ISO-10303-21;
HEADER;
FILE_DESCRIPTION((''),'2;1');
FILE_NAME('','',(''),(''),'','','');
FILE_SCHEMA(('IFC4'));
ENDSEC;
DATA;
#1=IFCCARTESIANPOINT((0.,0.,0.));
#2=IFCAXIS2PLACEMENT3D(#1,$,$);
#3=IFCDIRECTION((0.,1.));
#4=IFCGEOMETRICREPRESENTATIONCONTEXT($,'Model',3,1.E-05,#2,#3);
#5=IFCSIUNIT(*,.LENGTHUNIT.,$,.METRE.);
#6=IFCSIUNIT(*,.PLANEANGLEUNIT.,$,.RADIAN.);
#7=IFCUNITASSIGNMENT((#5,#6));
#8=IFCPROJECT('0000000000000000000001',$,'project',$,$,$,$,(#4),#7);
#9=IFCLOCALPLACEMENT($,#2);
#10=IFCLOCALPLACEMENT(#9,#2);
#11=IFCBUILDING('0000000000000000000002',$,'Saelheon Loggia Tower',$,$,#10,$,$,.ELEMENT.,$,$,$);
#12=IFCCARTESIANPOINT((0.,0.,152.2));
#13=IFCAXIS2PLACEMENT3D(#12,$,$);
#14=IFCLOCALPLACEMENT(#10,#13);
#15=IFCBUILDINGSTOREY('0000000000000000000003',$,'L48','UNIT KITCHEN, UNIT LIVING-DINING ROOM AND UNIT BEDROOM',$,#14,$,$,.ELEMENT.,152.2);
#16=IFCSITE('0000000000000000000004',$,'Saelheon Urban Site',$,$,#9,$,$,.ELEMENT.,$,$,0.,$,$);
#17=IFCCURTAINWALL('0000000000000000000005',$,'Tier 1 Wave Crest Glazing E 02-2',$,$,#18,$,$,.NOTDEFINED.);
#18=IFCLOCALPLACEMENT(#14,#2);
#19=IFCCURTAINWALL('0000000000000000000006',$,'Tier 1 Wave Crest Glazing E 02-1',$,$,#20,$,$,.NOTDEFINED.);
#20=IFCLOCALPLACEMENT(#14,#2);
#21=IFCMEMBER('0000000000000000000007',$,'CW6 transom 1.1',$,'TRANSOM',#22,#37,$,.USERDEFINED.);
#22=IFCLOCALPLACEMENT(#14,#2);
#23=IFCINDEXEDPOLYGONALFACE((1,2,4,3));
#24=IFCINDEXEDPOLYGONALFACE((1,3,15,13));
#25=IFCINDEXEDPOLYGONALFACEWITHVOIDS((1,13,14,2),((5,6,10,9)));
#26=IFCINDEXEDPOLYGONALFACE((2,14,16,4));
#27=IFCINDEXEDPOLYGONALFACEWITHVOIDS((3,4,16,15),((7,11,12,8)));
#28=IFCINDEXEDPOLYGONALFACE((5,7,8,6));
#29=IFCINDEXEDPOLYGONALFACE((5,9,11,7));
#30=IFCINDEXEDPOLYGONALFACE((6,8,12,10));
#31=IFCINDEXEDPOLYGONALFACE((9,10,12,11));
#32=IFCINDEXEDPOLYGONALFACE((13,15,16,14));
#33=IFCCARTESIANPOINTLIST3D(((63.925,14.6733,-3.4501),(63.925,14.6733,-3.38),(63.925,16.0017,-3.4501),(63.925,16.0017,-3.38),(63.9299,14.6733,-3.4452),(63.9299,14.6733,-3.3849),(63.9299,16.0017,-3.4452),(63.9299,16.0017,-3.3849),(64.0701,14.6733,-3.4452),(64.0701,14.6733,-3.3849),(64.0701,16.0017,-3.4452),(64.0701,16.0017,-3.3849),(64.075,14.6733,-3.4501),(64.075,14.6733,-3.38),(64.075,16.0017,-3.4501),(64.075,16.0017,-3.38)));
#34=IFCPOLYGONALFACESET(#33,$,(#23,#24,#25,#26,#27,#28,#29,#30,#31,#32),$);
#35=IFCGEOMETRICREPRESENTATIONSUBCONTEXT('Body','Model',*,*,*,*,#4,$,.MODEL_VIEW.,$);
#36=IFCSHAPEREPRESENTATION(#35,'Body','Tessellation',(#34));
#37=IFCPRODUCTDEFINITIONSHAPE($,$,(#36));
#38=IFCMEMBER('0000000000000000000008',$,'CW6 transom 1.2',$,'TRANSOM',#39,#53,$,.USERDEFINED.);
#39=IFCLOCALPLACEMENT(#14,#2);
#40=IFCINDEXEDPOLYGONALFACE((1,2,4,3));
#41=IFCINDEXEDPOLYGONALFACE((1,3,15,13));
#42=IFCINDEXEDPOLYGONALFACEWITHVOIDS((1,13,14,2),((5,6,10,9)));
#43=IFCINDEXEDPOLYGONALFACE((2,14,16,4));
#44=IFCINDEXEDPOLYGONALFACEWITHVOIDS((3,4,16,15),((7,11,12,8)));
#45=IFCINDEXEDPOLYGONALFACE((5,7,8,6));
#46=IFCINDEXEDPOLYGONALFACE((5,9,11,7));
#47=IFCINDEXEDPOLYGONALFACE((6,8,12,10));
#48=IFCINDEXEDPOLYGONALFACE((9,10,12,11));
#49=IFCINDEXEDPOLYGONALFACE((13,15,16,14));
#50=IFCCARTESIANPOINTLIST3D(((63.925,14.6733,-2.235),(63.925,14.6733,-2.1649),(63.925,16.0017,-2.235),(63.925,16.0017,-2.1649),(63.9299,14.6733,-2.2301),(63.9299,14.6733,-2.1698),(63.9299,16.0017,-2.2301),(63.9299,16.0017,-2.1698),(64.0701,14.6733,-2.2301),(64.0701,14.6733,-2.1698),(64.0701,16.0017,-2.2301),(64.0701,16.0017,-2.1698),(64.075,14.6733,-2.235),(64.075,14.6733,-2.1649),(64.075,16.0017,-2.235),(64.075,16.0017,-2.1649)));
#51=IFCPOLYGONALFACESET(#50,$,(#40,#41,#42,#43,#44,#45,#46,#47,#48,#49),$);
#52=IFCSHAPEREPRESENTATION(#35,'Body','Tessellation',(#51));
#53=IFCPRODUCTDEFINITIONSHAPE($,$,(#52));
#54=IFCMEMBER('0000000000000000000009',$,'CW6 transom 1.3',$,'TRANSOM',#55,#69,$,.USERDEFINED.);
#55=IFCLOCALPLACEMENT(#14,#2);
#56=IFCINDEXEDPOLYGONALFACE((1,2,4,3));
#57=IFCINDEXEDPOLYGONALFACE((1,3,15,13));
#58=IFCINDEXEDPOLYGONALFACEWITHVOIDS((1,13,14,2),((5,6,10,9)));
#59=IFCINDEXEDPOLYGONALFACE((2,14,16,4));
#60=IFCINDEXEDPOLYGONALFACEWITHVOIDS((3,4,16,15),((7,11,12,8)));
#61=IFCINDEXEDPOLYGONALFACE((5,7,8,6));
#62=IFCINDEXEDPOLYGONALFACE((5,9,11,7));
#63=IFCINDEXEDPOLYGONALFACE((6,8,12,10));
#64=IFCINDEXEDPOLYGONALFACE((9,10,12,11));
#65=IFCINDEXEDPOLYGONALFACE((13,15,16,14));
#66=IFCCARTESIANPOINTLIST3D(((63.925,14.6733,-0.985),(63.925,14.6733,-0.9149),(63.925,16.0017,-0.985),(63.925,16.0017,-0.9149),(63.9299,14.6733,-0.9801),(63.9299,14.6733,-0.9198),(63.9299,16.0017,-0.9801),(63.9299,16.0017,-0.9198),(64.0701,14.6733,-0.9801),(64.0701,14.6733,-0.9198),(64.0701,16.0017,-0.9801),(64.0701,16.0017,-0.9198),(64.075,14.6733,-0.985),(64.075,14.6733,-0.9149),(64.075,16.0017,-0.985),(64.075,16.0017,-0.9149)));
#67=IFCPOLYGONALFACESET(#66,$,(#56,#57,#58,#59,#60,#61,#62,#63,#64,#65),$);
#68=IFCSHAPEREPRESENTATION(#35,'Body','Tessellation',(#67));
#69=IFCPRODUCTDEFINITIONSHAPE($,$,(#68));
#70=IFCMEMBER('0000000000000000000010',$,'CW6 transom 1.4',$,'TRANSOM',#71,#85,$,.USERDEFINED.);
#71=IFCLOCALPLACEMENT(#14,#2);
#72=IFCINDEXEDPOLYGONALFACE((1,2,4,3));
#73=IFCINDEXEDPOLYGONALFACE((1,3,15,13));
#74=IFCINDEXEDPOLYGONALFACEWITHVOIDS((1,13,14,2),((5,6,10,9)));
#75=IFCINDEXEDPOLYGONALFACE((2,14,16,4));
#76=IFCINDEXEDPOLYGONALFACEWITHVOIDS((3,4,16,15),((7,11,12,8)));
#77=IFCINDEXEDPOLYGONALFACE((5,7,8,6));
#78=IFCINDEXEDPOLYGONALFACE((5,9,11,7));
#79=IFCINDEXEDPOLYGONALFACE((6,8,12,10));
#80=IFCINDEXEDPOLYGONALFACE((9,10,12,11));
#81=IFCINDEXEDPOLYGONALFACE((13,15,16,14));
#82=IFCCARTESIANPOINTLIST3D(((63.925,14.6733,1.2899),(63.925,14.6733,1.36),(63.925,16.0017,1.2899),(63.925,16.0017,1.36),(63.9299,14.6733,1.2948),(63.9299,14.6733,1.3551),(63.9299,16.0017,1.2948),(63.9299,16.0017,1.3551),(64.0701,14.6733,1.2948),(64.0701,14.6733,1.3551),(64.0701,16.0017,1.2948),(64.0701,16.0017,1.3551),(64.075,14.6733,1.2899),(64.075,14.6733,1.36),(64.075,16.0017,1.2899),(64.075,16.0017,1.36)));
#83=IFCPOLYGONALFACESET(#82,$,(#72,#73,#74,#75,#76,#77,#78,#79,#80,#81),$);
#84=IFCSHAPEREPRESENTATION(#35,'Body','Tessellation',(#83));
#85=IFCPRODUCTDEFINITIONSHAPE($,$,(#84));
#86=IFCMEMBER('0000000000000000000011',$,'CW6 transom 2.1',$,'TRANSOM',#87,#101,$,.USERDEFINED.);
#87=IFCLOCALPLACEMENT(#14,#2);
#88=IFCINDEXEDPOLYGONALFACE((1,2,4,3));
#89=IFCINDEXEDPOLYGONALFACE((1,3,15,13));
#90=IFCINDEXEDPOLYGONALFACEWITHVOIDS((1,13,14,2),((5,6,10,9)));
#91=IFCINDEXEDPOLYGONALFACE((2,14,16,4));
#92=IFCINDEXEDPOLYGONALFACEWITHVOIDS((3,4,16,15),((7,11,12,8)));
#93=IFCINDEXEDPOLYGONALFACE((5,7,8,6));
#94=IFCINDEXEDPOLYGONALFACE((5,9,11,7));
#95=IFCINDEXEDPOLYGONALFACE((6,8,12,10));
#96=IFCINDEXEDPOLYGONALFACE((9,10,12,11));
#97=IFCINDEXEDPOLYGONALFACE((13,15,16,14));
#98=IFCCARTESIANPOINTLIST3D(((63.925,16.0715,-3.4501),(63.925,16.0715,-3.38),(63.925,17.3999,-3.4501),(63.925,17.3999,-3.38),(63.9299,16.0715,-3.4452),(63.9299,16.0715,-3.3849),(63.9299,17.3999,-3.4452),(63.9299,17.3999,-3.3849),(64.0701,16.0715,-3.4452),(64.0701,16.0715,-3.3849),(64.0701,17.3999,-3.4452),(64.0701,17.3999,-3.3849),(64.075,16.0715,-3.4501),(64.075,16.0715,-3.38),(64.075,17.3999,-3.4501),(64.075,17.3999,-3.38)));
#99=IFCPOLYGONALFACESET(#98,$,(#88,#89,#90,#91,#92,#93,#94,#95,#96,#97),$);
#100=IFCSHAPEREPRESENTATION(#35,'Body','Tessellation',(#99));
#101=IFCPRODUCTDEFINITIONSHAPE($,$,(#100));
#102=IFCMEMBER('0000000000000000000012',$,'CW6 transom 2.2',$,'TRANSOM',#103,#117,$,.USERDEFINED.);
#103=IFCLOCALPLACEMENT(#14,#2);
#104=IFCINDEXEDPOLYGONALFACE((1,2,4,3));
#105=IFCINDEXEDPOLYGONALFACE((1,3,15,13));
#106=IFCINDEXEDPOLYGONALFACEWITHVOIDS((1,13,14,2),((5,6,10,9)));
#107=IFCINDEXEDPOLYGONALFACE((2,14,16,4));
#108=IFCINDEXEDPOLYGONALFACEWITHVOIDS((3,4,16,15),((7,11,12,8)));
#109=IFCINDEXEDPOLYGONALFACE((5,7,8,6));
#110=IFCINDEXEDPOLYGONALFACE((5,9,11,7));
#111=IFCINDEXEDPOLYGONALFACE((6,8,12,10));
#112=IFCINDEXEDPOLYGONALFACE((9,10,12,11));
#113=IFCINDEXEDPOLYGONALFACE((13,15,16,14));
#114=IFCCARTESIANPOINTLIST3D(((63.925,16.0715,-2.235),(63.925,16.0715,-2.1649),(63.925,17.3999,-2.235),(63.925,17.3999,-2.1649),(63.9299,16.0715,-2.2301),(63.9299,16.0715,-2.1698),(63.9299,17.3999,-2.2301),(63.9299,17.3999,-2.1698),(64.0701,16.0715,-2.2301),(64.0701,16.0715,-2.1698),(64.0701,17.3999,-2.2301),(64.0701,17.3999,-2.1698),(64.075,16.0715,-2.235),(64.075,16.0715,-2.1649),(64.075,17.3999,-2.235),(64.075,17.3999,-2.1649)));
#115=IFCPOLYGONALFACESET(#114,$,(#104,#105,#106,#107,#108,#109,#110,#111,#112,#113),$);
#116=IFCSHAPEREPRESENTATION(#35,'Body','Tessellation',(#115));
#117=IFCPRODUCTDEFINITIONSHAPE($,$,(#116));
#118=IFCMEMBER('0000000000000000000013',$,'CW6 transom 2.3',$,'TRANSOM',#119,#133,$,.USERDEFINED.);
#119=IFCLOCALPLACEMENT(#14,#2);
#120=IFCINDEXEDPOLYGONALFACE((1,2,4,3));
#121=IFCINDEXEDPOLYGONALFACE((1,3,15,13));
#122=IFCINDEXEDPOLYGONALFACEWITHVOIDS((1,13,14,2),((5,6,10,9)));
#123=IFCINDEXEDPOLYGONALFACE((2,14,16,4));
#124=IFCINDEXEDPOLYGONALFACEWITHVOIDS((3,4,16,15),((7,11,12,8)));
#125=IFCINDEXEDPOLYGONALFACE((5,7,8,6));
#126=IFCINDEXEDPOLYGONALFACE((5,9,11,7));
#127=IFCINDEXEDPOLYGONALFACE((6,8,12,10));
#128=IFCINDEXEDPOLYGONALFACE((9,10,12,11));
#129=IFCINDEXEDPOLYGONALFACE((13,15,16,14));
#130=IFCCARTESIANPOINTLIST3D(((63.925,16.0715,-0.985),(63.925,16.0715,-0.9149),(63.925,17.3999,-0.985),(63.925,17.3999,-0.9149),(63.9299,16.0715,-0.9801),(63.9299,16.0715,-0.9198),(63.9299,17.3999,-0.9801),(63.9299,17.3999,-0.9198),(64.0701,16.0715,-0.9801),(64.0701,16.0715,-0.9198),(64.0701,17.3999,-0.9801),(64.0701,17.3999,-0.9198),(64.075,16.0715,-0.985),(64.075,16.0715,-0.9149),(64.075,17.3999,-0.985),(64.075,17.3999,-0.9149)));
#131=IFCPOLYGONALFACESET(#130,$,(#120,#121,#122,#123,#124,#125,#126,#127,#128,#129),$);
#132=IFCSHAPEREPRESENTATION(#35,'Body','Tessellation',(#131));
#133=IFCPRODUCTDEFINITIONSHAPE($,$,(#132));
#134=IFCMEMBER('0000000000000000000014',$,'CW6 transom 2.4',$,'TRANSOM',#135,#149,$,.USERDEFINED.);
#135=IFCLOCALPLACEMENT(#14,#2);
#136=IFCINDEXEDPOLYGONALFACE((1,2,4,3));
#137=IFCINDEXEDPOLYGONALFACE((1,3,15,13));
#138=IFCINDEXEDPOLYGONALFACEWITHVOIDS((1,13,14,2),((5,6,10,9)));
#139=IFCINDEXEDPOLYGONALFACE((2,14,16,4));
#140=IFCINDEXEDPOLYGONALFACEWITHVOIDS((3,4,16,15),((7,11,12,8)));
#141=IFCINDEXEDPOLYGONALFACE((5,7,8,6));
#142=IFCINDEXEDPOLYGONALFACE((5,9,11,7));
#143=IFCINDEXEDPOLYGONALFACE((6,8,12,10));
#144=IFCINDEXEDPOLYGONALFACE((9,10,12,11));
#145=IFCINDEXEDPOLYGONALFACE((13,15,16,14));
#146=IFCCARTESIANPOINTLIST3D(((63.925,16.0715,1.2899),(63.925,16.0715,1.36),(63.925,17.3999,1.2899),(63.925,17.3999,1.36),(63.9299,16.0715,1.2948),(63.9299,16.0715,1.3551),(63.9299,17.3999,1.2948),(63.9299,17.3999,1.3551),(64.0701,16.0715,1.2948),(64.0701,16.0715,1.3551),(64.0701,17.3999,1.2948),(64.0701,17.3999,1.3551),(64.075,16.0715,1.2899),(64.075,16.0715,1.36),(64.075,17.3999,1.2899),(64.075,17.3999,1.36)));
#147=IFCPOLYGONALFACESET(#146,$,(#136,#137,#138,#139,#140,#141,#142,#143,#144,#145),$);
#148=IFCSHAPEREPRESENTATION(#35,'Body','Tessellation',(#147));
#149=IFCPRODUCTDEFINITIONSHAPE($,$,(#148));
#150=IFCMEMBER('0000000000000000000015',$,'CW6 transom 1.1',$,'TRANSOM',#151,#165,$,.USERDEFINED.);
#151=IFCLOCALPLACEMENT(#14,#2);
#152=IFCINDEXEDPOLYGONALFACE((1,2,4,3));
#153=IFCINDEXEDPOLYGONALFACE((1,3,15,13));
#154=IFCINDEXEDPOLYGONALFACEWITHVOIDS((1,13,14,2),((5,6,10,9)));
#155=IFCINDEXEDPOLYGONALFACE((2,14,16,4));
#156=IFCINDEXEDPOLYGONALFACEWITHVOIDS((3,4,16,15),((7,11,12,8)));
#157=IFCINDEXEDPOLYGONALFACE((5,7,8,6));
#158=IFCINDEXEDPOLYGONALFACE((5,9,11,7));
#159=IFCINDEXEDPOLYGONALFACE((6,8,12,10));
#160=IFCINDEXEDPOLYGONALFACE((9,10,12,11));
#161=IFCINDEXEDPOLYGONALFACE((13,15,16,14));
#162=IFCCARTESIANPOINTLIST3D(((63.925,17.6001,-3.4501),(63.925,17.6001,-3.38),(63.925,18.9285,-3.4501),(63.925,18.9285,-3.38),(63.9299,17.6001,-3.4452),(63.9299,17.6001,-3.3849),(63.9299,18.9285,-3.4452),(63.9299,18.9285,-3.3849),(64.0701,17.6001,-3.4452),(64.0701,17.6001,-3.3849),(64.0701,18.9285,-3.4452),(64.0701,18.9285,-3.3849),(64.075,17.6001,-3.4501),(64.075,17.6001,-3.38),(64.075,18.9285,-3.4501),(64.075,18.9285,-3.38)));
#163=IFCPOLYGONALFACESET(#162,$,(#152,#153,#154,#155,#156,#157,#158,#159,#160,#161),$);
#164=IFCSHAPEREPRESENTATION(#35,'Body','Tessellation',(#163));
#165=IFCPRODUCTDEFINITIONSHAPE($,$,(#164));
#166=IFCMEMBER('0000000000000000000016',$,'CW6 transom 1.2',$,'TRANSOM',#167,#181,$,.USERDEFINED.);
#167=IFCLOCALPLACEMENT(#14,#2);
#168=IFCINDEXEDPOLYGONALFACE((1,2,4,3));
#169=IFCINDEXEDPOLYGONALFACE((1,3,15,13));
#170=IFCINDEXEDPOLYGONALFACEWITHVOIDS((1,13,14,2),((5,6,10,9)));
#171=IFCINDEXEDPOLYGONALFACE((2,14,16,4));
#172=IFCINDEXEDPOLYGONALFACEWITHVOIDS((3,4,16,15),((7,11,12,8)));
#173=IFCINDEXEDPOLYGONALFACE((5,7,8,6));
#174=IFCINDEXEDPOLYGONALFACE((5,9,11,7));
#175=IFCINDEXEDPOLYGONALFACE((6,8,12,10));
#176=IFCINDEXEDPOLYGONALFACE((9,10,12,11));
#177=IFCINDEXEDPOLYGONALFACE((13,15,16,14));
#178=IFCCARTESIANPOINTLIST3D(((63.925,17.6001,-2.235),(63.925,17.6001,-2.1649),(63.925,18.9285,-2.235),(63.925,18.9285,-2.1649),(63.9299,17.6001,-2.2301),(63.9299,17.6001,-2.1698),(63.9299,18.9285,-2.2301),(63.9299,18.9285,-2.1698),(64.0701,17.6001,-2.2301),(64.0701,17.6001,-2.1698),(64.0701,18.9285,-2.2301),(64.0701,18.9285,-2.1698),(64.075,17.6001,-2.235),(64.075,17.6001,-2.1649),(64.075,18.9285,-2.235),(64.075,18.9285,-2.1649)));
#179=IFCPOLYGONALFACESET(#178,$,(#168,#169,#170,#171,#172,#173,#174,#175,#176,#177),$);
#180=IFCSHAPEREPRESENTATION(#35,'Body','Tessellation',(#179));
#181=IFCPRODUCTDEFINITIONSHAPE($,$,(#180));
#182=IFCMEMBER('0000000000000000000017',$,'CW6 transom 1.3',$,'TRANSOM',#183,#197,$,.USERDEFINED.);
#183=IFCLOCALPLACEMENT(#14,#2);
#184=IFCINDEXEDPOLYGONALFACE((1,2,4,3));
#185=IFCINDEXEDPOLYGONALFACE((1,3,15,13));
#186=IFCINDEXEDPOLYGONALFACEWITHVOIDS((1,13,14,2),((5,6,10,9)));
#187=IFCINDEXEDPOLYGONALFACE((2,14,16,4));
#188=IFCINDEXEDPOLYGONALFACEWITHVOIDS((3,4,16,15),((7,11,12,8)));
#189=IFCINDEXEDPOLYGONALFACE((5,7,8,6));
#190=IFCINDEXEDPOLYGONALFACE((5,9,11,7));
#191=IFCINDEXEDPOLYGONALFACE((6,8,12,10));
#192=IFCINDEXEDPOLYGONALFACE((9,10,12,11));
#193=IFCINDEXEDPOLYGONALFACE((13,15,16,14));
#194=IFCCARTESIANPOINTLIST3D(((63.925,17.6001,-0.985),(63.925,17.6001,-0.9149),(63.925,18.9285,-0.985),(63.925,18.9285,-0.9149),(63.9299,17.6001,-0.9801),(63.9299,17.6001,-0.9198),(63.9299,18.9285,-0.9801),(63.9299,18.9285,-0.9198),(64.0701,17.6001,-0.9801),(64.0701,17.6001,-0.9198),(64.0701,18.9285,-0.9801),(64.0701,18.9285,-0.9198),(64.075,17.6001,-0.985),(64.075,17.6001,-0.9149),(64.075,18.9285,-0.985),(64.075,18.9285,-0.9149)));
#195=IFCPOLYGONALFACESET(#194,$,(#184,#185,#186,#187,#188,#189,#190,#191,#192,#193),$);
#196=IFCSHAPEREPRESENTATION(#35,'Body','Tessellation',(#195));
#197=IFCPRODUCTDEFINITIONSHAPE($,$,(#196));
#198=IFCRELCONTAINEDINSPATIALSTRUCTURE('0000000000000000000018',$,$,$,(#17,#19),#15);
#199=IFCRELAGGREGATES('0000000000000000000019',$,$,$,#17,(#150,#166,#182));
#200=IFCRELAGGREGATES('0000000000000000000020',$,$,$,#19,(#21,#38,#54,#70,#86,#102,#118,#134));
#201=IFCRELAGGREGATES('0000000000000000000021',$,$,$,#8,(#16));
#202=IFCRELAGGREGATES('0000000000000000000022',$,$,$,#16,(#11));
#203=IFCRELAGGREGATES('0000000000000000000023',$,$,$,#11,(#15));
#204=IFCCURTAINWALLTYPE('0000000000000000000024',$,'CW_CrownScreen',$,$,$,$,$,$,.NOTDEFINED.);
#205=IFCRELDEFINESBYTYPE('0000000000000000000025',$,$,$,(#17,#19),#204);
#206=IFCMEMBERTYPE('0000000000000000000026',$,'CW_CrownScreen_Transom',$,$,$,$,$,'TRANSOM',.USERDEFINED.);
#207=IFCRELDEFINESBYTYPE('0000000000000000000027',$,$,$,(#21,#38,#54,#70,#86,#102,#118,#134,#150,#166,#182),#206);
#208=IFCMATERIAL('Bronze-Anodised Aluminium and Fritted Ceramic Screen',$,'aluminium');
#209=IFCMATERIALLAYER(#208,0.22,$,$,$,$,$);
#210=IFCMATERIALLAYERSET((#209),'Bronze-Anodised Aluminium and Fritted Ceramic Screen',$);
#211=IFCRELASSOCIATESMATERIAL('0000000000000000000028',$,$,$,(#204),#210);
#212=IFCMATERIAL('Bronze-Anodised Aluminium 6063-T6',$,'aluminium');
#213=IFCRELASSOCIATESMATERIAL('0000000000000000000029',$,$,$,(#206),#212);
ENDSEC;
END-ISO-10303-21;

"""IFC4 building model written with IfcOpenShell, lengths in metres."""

from ifc_helpers import new_model, si_unit, direction, frame, origin, origin_2d, place, context, subcontext, project, spatial, hollow_rectangle, extrude, source, transform, mapped, material, layer, layer_set, material_profile, profile_set, type_object, element, aggregate, save


model = new_model("IFC4")

# Units and contexts
model_context = context("Model", 3, precision=1e-05, world=origin(), true_north=direction((0.0, 1.0)))
body_context = subcontext(model_context, "Body", "Model", "MODEL_VIEW")
ifc_project = project(units=[si_unit("LENGTHUNIT", "METRE"), si_unit("PLANEANGLEUNIT", "RADIAN")], contexts=[model_context])

# Site, building, storey
site_placement = place(None, origin())
site = spatial("IfcSite", under=ifc_project, at=site_placement, Name="Saelheon Urban Site", CompositionType="ELEMENT", RefElevation=0.0)
building_placement = place(site_placement, origin())
building = spatial("IfcBuilding", under=site, at=building_placement, Name="Saelheon Loggia Tower", CompositionType="ELEMENT")
storey_placement = place(building_placement, frame((0.0, 0.0, 152.2)))
storey = spatial("IfcBuildingStorey", under=building, at=storey_placement, Name="L48", Description="UNIT KITCHEN, UNIT LIVING-DINING ROOM AND UNIT BEDROOM", CompositionType="ELEMENT", Elevation=152.2)

# Curtain wall
ifc_material_1 = material(Name="Bronze-Anodised Aluminium and Fritted Ceramic Screen", Category="aluminium")
ifc_layer_1 = layer(ifc_material_1, 0.22)
ifc_layer_set_1 = layer_set([ifc_layer_1], Name="Bronze-Anodised Aluminium and Fritted Ceramic Screen")
curtain_wall_type = type_object("IfcCurtainWallType", Name="CW_CrownScreen", PredefinedType="NOTDEFINED", material=ifc_layer_set_1)
curtain_wall_1_placement = place(storey_placement, origin())
curtain_wall_1 = element("IfcCurtainWall", 1, at=curtain_wall_1_placement, inside=storey, type_object=curtain_wall_type, Name="Tier 1 Wave Crest Glazing E 02-2", PredefinedType="NOTDEFINED")
ifc_material_2 = material(Name="Bronze-Anodised Aluminium 6063-T6", Category="aluminium")

# Curtain wall, members
curtain_wall_2_placement = place(storey_placement, origin())
curtain_wall_2 = element("IfcCurtainWall", 2, at=curtain_wall_2_placement, inside=storey, type_object=curtain_wall_type, Name="Tier 1 Wave Crest Glazing E 02-1", PredefinedType="NOTDEFINED")
ifc_material_profile_1 = material_profile(ifc_material_2, hollow_rectangle(XDim=0.0701, YDim=0.1499, WallThickness=0.0049, at=origin_2d()), Name="RHS-150x70x5")
ifc_profile_set_1 = profile_set([ifc_material_profile_1], Name="Bronze-Anodised Aluminium 6063-T6")
member_type_1 = type_object("IfcMemberType", Name="CW_CrownScreen_Transom", ElementType="TRANSOM", PredefinedType="USERDEFINED", material=ifc_profile_set_1)
shared_shape_1 = source(origin(), body_context, "Body", "SweptSolid", [
    extrude(hollow_rectangle(XDim=0.0701, YDim=0.1499, WallThickness=0.0049, at=origin_2d()), origin(), (0.0, 0.0, 1.0), 1.3284),
])
member_1_placement = place(storey_placement, frame((64.0, 14.6733, -3.415), z_axis=(0.0, 1.0, 0.0), x_axis=(0.0, 0.0, 1.0)))
member_1 = element("IfcMember", 3, at=member_1_placement, type_object=member_type_1, Name="CW6 transom 1.1", ObjectType="TRANSOM", PredefinedType="USERDEFINED", context=body_context, shape_type="MappedRepresentation", body=[
    mapped(shared_shape_1, transform((0.0, 0.0, 0.0), scale=1.0)),
])
member_2_placement = place(storey_placement, frame((64.0, 14.6733, -2.2), z_axis=(0.0, 1.0, 0.0), x_axis=(0.0, 0.0, 1.0)))
member_2 = element("IfcMember", 4, at=member_2_placement, type_object=member_type_1, Name="CW6 transom 1.2", ObjectType="TRANSOM", PredefinedType="USERDEFINED", context=body_context, shape_type="MappedRepresentation", body=[
    mapped(shared_shape_1, transform((0.0, 0.0, 0.0), scale=1.0)),
])
member_3_placement = place(storey_placement, frame((64.0, 14.6733, -0.95), z_axis=(0.0, 1.0, 0.0), x_axis=(0.0, 0.0, 1.0)))
member_3 = element("IfcMember", 5, at=member_3_placement, type_object=member_type_1, Name="CW6 transom 1.3", ObjectType="TRANSOM", PredefinedType="USERDEFINED", context=body_context, shape_type="MappedRepresentation", body=[
    mapped(shared_shape_1, transform((0.0, 0.0, 0.0), scale=1.0)),
])
member_4_placement = place(storey_placement, frame((64.0, 14.6733, 1.325), z_axis=(0.0, 1.0, 0.0), x_axis=(0.0, 0.0, 1.0)))
member_4 = element("IfcMember", 6, at=member_4_placement, type_object=member_type_1, Name="CW6 transom 1.4", ObjectType="TRANSOM", PredefinedType="USERDEFINED", context=body_context, shape_type="MappedRepresentation", body=[
    mapped(shared_shape_1, transform((0.0, 0.0, 0.0), scale=1.0)),
])
member_5_placement = place(storey_placement, frame((64.0, 16.0715, -3.415), z_axis=(0.0, 1.0, 0.0), x_axis=(0.0, 0.0, 1.0)))
member_5 = element("IfcMember", 7, at=member_5_placement, type_object=member_type_1, Name="CW6 transom 2.1", ObjectType="TRANSOM", PredefinedType="USERDEFINED", context=body_context, shape_type="MappedRepresentation", body=[
    mapped(shared_shape_1, transform((0.0, 0.0, 0.0), scale=1.0)),
])
member_6_placement = place(storey_placement, frame((64.0, 16.0715, -2.2), z_axis=(0.0, 1.0, 0.0), x_axis=(0.0, 0.0, 1.0)))
member_6 = element("IfcMember", 8, at=member_6_placement, type_object=member_type_1, Name="CW6 transom 2.2", ObjectType="TRANSOM", PredefinedType="USERDEFINED", context=body_context, shape_type="MappedRepresentation", body=[
    mapped(shared_shape_1, transform((0.0, 0.0, 0.0), scale=1.0)),
])
member_7_placement = place(storey_placement, frame((64.0, 16.0715, -0.95), z_axis=(0.0, 1.0, 0.0), x_axis=(0.0, 0.0, 1.0)))
member_7 = element("IfcMember", 9, at=member_7_placement, type_object=member_type_1, Name="CW6 transom 2.3", ObjectType="TRANSOM", PredefinedType="USERDEFINED", context=body_context, shape_type="MappedRepresentation", body=[
    mapped(shared_shape_1, transform((0.0, 0.0, 0.0), scale=1.0)),
])
member_8_placement = place(storey_placement, frame((64.0, 16.0715, 1.325), z_axis=(0.0, 1.0, 0.0), x_axis=(0.0, 0.0, 1.0)))
member_8 = element("IfcMember", 10, at=member_8_placement, type_object=member_type_1, Name="CW6 transom 2.4", ObjectType="TRANSOM", PredefinedType="USERDEFINED", context=body_context, shape_type="MappedRepresentation", body=[
    mapped(shared_shape_1, transform((0.0, 0.0, 0.0), scale=1.0)),
])

# Members
member_9_placement = place(storey_placement, frame((64.0, 17.6001, -3.415), z_axis=(0.0, 1.0, 0.0), x_axis=(0.0, 0.0, 1.0)))
member_9 = element("IfcMember", 11, at=member_9_placement, type_object=member_type_1, Name="CW6 transom 1.1", ObjectType="TRANSOM", PredefinedType="USERDEFINED", context=body_context, shape_type="MappedRepresentation", body=[
    mapped(shared_shape_1, transform((0.0, 0.0, 0.0), scale=1.0)),
])
member_10_placement = place(storey_placement, frame((64.0, 17.6001, -2.2), z_axis=(0.0, 1.0, 0.0), x_axis=(0.0, 0.0, 1.0)))
member_10 = element("IfcMember", 12, at=member_10_placement, type_object=member_type_1, Name="CW6 transom 1.2", ObjectType="TRANSOM", PredefinedType="USERDEFINED", context=body_context, shape_type="MappedRepresentation", body=[
    mapped(shared_shape_1, transform((0.0, 0.0, 0.0), scale=1.0)),
])
member_11_placement = place(storey_placement, frame((64.0, 17.6001, -0.95), z_axis=(0.0, 1.0, 0.0), x_axis=(0.0, 0.0, 1.0)))
member_11 = element("IfcMember", 13, at=member_11_placement, type_object=member_type_1, Name="CW6 transom 1.3", ObjectType="TRANSOM", PredefinedType="USERDEFINED", context=body_context, shape_type="MappedRepresentation", body=[
    mapped(shared_shape_1, transform((0.0, 0.0, 0.0), scale=1.0)),
])

aggregate(curtain_wall_1, [member_9, member_10, member_11])
aggregate(curtain_wall_2, [member_1, member_2, member_3, member_4, member_5, member_6, member_7, member_8])

save(model, "model.ifc")
